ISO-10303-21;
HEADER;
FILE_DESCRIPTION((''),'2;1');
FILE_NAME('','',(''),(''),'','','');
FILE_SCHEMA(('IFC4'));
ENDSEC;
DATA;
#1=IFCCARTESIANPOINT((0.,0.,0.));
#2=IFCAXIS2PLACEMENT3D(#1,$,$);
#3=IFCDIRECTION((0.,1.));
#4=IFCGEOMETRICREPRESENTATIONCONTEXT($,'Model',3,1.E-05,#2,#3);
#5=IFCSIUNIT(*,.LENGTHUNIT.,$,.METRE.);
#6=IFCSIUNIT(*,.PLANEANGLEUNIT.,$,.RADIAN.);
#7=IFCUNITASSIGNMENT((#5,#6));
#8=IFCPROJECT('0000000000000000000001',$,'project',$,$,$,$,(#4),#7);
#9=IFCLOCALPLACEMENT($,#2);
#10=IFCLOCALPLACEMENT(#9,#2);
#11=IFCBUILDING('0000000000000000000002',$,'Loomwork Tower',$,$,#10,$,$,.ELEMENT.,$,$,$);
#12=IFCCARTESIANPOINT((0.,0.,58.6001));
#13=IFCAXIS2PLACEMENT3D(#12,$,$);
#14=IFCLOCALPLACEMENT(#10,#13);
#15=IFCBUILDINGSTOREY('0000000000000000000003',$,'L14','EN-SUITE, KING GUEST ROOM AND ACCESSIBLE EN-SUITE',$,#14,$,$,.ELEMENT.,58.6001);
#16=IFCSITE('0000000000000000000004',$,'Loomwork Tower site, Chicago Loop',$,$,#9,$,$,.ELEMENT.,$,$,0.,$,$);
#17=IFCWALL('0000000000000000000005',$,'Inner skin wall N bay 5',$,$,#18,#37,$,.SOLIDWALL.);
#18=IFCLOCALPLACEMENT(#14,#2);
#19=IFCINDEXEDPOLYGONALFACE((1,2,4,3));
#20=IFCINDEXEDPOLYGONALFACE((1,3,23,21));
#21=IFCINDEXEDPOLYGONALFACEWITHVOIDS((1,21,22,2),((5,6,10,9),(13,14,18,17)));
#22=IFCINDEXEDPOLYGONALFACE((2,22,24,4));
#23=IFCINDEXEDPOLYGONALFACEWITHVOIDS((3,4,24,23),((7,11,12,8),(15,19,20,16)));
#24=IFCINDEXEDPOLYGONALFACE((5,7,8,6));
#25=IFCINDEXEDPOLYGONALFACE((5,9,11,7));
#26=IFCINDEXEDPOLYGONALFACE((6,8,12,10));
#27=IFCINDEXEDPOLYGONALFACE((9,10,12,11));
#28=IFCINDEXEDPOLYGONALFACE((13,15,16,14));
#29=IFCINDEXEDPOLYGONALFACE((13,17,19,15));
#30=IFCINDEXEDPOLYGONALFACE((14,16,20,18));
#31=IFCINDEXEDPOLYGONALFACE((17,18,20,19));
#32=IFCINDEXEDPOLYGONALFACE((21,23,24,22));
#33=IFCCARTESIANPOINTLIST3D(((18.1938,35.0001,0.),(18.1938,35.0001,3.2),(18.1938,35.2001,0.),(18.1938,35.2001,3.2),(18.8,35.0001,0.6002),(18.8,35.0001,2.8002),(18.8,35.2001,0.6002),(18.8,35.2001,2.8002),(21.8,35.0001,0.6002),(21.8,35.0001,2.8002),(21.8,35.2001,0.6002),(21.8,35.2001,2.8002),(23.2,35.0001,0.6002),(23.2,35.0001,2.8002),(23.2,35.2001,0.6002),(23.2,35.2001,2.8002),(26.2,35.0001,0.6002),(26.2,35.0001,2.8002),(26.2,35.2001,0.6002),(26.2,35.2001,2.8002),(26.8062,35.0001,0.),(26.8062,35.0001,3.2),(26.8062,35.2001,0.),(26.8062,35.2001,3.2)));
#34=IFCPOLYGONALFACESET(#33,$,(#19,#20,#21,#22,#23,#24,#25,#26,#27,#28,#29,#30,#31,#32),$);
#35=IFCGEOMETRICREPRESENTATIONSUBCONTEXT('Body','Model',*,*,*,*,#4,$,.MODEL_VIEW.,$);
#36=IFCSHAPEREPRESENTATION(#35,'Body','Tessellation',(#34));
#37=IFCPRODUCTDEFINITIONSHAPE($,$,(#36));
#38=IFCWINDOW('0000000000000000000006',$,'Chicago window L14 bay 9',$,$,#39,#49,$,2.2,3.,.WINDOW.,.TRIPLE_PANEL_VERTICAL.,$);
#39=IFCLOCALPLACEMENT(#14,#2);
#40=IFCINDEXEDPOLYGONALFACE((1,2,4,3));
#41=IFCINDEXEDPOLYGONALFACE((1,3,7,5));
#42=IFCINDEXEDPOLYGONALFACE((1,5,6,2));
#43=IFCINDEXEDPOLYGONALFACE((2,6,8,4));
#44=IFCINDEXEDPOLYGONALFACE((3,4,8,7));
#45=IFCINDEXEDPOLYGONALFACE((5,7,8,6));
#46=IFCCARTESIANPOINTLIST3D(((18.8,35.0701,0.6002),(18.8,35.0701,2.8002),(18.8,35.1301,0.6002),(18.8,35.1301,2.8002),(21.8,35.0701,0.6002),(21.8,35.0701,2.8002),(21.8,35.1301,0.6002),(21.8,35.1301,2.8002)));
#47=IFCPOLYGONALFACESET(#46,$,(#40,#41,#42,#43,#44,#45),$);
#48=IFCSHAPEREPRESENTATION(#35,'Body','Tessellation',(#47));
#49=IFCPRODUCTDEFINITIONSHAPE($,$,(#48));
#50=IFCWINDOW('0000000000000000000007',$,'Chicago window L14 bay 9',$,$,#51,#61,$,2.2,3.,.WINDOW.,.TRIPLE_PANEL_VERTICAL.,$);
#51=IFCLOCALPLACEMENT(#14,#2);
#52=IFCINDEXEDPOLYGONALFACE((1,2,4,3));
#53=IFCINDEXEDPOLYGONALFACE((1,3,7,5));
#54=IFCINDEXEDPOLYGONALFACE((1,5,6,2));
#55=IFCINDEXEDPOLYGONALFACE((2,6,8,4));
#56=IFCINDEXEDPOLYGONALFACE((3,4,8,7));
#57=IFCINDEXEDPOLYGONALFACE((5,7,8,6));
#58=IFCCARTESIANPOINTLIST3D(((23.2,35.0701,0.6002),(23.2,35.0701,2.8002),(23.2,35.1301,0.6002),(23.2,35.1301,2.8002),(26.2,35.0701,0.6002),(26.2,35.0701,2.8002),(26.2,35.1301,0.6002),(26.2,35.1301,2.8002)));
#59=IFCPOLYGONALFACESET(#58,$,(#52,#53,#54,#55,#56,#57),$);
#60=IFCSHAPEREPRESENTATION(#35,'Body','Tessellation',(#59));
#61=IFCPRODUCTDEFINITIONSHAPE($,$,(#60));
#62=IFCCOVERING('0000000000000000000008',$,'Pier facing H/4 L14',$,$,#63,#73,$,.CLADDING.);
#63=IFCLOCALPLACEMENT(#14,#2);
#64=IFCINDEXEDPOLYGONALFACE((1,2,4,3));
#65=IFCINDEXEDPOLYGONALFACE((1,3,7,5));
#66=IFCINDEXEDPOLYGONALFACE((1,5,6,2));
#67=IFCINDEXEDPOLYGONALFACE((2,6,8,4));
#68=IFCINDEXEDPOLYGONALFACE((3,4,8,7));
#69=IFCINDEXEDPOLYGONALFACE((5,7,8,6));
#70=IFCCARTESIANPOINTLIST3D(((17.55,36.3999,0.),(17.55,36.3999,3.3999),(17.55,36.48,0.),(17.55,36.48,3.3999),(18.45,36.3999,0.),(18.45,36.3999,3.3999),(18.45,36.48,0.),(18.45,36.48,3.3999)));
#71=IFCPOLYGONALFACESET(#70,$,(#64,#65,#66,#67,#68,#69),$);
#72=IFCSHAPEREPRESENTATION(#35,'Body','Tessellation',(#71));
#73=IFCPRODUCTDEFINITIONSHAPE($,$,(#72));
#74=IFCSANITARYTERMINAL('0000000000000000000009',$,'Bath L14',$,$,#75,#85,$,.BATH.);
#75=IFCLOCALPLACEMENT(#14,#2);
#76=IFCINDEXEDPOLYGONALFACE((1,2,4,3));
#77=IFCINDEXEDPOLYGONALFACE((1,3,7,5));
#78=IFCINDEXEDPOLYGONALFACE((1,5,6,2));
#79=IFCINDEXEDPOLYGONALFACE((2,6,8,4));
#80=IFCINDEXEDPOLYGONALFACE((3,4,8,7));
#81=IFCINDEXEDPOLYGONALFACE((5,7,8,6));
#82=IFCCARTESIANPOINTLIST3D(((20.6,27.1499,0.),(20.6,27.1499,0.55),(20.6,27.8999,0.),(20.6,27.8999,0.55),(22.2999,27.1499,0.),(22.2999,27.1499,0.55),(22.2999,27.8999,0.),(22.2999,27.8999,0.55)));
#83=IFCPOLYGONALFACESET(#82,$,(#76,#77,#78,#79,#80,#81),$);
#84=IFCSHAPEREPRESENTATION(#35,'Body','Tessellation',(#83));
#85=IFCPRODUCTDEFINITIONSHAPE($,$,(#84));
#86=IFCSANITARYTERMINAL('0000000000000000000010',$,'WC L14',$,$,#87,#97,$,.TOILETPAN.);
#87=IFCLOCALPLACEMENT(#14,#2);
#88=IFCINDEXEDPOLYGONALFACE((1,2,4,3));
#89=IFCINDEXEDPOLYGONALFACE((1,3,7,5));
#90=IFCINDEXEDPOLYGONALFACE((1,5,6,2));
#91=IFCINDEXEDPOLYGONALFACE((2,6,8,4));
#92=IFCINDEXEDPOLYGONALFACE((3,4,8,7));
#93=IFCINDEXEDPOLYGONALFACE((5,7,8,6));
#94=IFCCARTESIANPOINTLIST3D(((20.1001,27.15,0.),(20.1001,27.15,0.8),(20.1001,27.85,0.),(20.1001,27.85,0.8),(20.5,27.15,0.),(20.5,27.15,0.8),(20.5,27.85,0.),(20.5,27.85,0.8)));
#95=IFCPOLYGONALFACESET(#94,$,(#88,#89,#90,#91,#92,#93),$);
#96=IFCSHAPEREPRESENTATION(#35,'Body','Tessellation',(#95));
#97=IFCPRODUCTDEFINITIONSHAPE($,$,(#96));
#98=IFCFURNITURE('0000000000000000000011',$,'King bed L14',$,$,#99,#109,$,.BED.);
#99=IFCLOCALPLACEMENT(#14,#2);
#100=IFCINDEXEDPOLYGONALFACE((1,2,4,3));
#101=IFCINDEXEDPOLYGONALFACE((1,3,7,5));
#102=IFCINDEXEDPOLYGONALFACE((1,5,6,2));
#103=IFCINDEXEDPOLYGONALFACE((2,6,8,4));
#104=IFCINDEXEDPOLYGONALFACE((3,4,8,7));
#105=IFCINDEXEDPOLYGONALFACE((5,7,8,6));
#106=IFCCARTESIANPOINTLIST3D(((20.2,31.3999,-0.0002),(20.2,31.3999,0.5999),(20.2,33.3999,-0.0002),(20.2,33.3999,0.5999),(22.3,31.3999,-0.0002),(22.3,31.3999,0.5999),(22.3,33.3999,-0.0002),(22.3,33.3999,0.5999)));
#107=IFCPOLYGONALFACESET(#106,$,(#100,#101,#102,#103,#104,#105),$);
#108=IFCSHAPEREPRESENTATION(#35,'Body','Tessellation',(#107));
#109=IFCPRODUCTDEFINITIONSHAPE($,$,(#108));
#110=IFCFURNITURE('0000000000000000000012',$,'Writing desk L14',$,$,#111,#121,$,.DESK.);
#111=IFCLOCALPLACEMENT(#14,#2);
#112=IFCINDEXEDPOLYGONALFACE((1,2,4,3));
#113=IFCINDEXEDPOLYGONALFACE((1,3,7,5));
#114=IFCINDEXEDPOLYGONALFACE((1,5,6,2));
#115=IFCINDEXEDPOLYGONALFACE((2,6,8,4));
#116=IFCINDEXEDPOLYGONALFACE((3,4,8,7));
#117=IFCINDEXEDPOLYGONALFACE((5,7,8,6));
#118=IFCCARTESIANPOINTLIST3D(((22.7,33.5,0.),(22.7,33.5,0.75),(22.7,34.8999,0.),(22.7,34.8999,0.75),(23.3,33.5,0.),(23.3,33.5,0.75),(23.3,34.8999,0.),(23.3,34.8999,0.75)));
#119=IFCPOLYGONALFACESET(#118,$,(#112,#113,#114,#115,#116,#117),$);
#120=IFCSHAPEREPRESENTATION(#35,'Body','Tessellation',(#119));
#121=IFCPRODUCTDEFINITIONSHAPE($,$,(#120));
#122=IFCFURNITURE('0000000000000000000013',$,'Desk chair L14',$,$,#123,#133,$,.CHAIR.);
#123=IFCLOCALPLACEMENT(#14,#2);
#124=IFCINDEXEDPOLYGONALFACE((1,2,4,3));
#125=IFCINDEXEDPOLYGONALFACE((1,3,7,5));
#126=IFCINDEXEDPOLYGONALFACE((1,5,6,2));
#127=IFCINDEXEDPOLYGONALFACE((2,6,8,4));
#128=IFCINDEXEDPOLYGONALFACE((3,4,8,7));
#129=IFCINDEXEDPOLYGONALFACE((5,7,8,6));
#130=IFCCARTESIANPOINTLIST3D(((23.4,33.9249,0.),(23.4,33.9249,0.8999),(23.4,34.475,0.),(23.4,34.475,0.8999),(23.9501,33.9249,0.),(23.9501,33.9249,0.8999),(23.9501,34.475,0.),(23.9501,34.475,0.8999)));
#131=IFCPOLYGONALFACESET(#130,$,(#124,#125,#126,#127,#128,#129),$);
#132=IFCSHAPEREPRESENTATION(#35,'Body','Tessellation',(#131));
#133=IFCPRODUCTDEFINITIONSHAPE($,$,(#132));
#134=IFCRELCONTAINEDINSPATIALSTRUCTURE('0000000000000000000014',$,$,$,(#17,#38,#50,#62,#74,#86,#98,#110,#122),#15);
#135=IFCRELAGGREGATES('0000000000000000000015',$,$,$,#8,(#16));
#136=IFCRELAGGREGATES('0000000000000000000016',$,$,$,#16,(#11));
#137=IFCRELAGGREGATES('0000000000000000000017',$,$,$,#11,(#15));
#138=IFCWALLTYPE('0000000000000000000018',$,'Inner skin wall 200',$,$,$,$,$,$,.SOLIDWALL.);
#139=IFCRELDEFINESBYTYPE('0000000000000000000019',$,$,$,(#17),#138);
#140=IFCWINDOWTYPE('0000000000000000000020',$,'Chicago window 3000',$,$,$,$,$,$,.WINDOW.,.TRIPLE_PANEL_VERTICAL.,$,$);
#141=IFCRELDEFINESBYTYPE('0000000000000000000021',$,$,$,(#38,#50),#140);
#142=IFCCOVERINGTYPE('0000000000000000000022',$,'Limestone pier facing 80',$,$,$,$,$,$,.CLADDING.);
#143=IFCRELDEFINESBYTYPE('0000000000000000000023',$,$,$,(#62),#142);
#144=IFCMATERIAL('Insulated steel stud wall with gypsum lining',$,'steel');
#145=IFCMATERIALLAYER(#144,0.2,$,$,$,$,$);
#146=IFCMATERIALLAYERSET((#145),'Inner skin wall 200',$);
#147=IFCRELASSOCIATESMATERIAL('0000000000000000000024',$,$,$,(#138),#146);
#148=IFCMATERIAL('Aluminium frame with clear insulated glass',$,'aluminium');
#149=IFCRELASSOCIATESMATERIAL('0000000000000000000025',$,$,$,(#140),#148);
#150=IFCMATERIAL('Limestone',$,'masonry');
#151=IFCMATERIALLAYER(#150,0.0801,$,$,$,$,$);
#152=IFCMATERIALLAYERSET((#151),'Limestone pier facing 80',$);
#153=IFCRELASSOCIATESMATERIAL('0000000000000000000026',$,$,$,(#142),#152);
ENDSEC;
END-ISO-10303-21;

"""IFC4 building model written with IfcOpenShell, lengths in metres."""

from ifc_helpers import new_model, si_unit, direction, frame, frame_2d, origin, origin_2d, place, context, subcontext, project, spatial, rectangle, extrude, material, layer, layer_set, type_object, element, fill, save


model = new_model("IFC4")

# Units and contexts
model_context = context("Model", 3, precision=1e-05, world=origin(), true_north=direction((0.0, 1.0)))
body_context = subcontext(model_context, "Body", "Model", "MODEL_VIEW")
ifc_project = project(units=[si_unit("LENGTHUNIT", "METRE"), si_unit("PLANEANGLEUNIT", "RADIAN")], contexts=[model_context])

# Site, building, storey
site_placement = place(None, origin())
site = spatial("IfcSite", under=ifc_project, at=site_placement, Name="Loomwork Tower site, Chicago Loop", CompositionType="ELEMENT", RefElevation=0.0)
building_placement = place(site_placement, origin())
building = spatial("IfcBuilding", under=site, at=building_placement, Name="Loomwork Tower", CompositionType="ELEMENT")
storey_placement = place(building_placement, frame((0.0, 0.0, 58.6001)))
storey = spatial("IfcBuildingStorey", under=building, at=storey_placement, Name="L14", Description="EN-SUITE, KING GUEST ROOM AND ACCESSIBLE EN-SUITE", CompositionType="ELEMENT", Elevation=58.6001)

# Shared definitions
ifc_material_1 = material(Name="Insulated steel stud wall with gypsum lining", Category="steel")
ifc_layer_1 = layer(ifc_material_1, 0.2)
ifc_layer_set_1 = layer_set([ifc_layer_1], Name="Inner skin wall 200")
wall_type_1 = type_object("IfcWallType", Name="Inner skin wall 200", PredefinedType="SOLIDWALL", material=ifc_layer_set_1)

# Wall, openings, windows
wall_1_placement = place(storey_placement, frame((18.1938, 35.1001, 0.0), z_axis=(0.0, 0.0, 1.0), x_axis=(1.0, 0.0, 0.0)))
wall_1 = element("IfcWall", 1, at=wall_1_placement, inside=storey, type_object=wall_type_1, Name="Inner skin wall N bay 5", PredefinedType="SOLIDWALL", context=body_context, shape_type="SweptSolid", body=[
    extrude(rectangle(XDim=8.6123, YDim=0.2, at=frame_2d((4.3062, 0.0))), origin(), (0.0, 0.0, 1.0), 3.2),
])
opening_1_placement = place(wall_1_placement, frame((0.6062, 0.0, 0.6001)))
opening_1 = element("IfcOpeningElement", 2, at=opening_1_placement, cuts=wall_1, PredefinedType="OPENING", context=body_context, shape_type="SweptSolid", body=[
    extrude(rectangle(XDim=3.0, YDim=2.2, at=frame_2d((1.5, 1.1001))), frame((0.0, 0.1099, 0.0), z_axis=(0.0, -1.0, 0.0), x_axis=(1.0, 0.0, 0.0)), (0.0, 0.0, 1.0), 0.22),
])
opening_2_placement = place(wall_1_placement, frame((5.0061, 0.0, 0.6001)))
opening_2 = element("IfcOpeningElement", 3, at=opening_2_placement, cuts=wall_1, PredefinedType="OPENING", context=body_context, shape_type="SweptSolid", body=[
    extrude(rectangle(XDim=3.0, YDim=2.2, at=frame_2d((1.5, 1.1001))), frame((0.0, 0.1099, 0.0), z_axis=(0.0, -1.0, 0.0), x_axis=(1.0, 0.0, 0.0)), (0.0, 0.0, 1.0), 0.22),
])
ifc_material_2 = material(Name="Aluminium frame with clear insulated glass", Category="aluminium")
window_type = type_object("IfcWindowType", Name="Chicago window 3000", PartitioningType="TRIPLE_PANEL_VERTICAL", PredefinedType="WINDOW", material=ifc_material_2)
window_1_placement = place(opening_1_placement, origin())
window_1 = element("IfcWindow", 4, at=window_1_placement, inside=storey, type_object=window_type, Name="Chicago window L14 bay 9", OverallHeight=2.2, OverallWidth=3.0, PartitioningType="TRIPLE_PANEL_VERTICAL", PredefinedType="WINDOW", context=body_context, shape_type="SweptSolid", body=[
    extrude(rectangle(XDim=3.0, YDim=2.2, at=frame_2d((1.5, 1.1001))), frame((0.0, 0.03, 0.0), z_axis=(0.0, -1.0, 0.0), x_axis=(1.0, 0.0, 0.0)), (0.0, 0.0, 1.0), 0.0601),
])
fill(opening_1, window_1)
window_2_placement = place(opening_2_placement, origin())
window_2 = element("IfcWindow", 5, at=window_2_placement, inside=storey, type_object=window_type, Name="Chicago window L14 bay 9", OverallHeight=2.2, OverallWidth=3.0, PartitioningType="TRIPLE_PANEL_VERTICAL", PredefinedType="WINDOW", context=body_context, shape_type="SweptSolid", body=[
    extrude(rectangle(XDim=3.0, YDim=2.2, at=frame_2d((1.5, 1.1001))), frame((0.0, 0.03, 0.0), z_axis=(0.0, -1.0, 0.0), x_axis=(1.0, 0.0, 0.0)), (0.0, 0.0, 1.0), 0.0601),
])
fill(opening_2, window_2)

# Covering
ifc_material_3 = material(Name="Limestone", Category="masonry")
ifc_layer_2 = layer(ifc_material_3, 0.0801)
ifc_layer_set_2 = layer_set([ifc_layer_2], Name="Limestone pier facing 80")
covering_type = type_object("IfcCoveringType", Name="Limestone pier facing 80", PredefinedType="CLADDING", material=ifc_layer_set_2)
covering_placement = place(storey_placement, frame((18.0, 36.4399, 0.0), z_axis=(0.0, 0.0, 1.0), x_axis=(1.0, 0.0, 0.0)))
element("IfcCovering", 6, at=covering_placement, inside=storey, type_object=covering_type, Name="Pier facing H/4 L14", PredefinedType="CLADDING", context=body_context, shape_type="SweptSolid", body=[
    extrude(rectangle(XDim=0.8999, YDim=0.0801, at=origin_2d()), origin(), (0.0, 0.0, 1.0), 3.3999),
])

# Sanitary terminals
sanitary_terminal_1_placement = place(storey_placement, frame((21.45, 27.5249, 0.0), z_axis=(0.0, 0.0, 1.0), x_axis=(1.0, 0.0, 0.0)))
element("IfcSanitaryTerminal", 7, at=sanitary_terminal_1_placement, inside=storey, Name="Bath L14", PredefinedType="BATH", context=body_context, shape_type="SweptSolid", body=[
    extrude(rectangle(XDim=1.7, YDim=0.75, at=origin_2d()), origin(), (0.0, 0.0, 1.0), 0.55),
])
sanitary_terminal_2_placement = place(storey_placement, frame((20.3, 27.5, 0.0), z_axis=(0.0, 0.0, 1.0), x_axis=(1.0, 0.0, 0.0)))
element("IfcSanitaryTerminal", 8, at=sanitary_terminal_2_placement, inside=storey, Name="WC L14", PredefinedType="TOILETPAN", context=body_context, shape_type="SweptSolid", body=[
    extrude(rectangle(XDim=0.3999, YDim=0.7, at=origin_2d()), origin(), (0.0, 0.0, 1.0), 0.8),
])

# Furniture
furniture_1_placement = place(storey_placement, frame((21.25, 32.3999, -0.0002), z_axis=(0.0, 0.0, 1.0), x_axis=(1.0, 0.0, 0.0)))
element("IfcFurniture", 9, at=furniture_1_placement, inside=storey, Name="King bed L14", PredefinedType="BED", context=body_context, shape_type="SweptSolid", body=[
    extrude(rectangle(XDim=2.1001, YDim=2.0, at=origin_2d()), origin(), (0.0, 0.0, 1.0), 0.6001),
])
furniture_2_placement = place(storey_placement, frame((23.0, 34.2, 0.0), z_axis=(0.0, 0.0, 1.0), x_axis=(1.0, 0.0, 0.0)))
element("IfcFurniture", 10, at=furniture_2_placement, inside=storey, Name="Writing desk L14", PredefinedType="DESK", context=body_context, shape_type="SweptSolid", body=[
    extrude(rectangle(XDim=0.6001, YDim=1.3999, at=origin_2d()), origin(), (0.0, 0.0, 1.0), 0.75),
])
furniture_3_placement = place(storey_placement, frame((23.675, 34.2, 0.0), z_axis=(0.0, 0.0, 1.0), x_axis=(1.0, 0.0, 0.0)))
element("IfcFurniture", 11, at=furniture_3_placement, inside=storey, Name="Desk chair L14", PredefinedType="CHAIR", context=body_context, shape_type="SweptSolid", body=[
    extrude(rectangle(XDim=0.55, YDim=0.55, at=origin_2d()), origin(), (0.0, 0.0, 1.0), 0.8999),
])

save(model, "model.ifc")
